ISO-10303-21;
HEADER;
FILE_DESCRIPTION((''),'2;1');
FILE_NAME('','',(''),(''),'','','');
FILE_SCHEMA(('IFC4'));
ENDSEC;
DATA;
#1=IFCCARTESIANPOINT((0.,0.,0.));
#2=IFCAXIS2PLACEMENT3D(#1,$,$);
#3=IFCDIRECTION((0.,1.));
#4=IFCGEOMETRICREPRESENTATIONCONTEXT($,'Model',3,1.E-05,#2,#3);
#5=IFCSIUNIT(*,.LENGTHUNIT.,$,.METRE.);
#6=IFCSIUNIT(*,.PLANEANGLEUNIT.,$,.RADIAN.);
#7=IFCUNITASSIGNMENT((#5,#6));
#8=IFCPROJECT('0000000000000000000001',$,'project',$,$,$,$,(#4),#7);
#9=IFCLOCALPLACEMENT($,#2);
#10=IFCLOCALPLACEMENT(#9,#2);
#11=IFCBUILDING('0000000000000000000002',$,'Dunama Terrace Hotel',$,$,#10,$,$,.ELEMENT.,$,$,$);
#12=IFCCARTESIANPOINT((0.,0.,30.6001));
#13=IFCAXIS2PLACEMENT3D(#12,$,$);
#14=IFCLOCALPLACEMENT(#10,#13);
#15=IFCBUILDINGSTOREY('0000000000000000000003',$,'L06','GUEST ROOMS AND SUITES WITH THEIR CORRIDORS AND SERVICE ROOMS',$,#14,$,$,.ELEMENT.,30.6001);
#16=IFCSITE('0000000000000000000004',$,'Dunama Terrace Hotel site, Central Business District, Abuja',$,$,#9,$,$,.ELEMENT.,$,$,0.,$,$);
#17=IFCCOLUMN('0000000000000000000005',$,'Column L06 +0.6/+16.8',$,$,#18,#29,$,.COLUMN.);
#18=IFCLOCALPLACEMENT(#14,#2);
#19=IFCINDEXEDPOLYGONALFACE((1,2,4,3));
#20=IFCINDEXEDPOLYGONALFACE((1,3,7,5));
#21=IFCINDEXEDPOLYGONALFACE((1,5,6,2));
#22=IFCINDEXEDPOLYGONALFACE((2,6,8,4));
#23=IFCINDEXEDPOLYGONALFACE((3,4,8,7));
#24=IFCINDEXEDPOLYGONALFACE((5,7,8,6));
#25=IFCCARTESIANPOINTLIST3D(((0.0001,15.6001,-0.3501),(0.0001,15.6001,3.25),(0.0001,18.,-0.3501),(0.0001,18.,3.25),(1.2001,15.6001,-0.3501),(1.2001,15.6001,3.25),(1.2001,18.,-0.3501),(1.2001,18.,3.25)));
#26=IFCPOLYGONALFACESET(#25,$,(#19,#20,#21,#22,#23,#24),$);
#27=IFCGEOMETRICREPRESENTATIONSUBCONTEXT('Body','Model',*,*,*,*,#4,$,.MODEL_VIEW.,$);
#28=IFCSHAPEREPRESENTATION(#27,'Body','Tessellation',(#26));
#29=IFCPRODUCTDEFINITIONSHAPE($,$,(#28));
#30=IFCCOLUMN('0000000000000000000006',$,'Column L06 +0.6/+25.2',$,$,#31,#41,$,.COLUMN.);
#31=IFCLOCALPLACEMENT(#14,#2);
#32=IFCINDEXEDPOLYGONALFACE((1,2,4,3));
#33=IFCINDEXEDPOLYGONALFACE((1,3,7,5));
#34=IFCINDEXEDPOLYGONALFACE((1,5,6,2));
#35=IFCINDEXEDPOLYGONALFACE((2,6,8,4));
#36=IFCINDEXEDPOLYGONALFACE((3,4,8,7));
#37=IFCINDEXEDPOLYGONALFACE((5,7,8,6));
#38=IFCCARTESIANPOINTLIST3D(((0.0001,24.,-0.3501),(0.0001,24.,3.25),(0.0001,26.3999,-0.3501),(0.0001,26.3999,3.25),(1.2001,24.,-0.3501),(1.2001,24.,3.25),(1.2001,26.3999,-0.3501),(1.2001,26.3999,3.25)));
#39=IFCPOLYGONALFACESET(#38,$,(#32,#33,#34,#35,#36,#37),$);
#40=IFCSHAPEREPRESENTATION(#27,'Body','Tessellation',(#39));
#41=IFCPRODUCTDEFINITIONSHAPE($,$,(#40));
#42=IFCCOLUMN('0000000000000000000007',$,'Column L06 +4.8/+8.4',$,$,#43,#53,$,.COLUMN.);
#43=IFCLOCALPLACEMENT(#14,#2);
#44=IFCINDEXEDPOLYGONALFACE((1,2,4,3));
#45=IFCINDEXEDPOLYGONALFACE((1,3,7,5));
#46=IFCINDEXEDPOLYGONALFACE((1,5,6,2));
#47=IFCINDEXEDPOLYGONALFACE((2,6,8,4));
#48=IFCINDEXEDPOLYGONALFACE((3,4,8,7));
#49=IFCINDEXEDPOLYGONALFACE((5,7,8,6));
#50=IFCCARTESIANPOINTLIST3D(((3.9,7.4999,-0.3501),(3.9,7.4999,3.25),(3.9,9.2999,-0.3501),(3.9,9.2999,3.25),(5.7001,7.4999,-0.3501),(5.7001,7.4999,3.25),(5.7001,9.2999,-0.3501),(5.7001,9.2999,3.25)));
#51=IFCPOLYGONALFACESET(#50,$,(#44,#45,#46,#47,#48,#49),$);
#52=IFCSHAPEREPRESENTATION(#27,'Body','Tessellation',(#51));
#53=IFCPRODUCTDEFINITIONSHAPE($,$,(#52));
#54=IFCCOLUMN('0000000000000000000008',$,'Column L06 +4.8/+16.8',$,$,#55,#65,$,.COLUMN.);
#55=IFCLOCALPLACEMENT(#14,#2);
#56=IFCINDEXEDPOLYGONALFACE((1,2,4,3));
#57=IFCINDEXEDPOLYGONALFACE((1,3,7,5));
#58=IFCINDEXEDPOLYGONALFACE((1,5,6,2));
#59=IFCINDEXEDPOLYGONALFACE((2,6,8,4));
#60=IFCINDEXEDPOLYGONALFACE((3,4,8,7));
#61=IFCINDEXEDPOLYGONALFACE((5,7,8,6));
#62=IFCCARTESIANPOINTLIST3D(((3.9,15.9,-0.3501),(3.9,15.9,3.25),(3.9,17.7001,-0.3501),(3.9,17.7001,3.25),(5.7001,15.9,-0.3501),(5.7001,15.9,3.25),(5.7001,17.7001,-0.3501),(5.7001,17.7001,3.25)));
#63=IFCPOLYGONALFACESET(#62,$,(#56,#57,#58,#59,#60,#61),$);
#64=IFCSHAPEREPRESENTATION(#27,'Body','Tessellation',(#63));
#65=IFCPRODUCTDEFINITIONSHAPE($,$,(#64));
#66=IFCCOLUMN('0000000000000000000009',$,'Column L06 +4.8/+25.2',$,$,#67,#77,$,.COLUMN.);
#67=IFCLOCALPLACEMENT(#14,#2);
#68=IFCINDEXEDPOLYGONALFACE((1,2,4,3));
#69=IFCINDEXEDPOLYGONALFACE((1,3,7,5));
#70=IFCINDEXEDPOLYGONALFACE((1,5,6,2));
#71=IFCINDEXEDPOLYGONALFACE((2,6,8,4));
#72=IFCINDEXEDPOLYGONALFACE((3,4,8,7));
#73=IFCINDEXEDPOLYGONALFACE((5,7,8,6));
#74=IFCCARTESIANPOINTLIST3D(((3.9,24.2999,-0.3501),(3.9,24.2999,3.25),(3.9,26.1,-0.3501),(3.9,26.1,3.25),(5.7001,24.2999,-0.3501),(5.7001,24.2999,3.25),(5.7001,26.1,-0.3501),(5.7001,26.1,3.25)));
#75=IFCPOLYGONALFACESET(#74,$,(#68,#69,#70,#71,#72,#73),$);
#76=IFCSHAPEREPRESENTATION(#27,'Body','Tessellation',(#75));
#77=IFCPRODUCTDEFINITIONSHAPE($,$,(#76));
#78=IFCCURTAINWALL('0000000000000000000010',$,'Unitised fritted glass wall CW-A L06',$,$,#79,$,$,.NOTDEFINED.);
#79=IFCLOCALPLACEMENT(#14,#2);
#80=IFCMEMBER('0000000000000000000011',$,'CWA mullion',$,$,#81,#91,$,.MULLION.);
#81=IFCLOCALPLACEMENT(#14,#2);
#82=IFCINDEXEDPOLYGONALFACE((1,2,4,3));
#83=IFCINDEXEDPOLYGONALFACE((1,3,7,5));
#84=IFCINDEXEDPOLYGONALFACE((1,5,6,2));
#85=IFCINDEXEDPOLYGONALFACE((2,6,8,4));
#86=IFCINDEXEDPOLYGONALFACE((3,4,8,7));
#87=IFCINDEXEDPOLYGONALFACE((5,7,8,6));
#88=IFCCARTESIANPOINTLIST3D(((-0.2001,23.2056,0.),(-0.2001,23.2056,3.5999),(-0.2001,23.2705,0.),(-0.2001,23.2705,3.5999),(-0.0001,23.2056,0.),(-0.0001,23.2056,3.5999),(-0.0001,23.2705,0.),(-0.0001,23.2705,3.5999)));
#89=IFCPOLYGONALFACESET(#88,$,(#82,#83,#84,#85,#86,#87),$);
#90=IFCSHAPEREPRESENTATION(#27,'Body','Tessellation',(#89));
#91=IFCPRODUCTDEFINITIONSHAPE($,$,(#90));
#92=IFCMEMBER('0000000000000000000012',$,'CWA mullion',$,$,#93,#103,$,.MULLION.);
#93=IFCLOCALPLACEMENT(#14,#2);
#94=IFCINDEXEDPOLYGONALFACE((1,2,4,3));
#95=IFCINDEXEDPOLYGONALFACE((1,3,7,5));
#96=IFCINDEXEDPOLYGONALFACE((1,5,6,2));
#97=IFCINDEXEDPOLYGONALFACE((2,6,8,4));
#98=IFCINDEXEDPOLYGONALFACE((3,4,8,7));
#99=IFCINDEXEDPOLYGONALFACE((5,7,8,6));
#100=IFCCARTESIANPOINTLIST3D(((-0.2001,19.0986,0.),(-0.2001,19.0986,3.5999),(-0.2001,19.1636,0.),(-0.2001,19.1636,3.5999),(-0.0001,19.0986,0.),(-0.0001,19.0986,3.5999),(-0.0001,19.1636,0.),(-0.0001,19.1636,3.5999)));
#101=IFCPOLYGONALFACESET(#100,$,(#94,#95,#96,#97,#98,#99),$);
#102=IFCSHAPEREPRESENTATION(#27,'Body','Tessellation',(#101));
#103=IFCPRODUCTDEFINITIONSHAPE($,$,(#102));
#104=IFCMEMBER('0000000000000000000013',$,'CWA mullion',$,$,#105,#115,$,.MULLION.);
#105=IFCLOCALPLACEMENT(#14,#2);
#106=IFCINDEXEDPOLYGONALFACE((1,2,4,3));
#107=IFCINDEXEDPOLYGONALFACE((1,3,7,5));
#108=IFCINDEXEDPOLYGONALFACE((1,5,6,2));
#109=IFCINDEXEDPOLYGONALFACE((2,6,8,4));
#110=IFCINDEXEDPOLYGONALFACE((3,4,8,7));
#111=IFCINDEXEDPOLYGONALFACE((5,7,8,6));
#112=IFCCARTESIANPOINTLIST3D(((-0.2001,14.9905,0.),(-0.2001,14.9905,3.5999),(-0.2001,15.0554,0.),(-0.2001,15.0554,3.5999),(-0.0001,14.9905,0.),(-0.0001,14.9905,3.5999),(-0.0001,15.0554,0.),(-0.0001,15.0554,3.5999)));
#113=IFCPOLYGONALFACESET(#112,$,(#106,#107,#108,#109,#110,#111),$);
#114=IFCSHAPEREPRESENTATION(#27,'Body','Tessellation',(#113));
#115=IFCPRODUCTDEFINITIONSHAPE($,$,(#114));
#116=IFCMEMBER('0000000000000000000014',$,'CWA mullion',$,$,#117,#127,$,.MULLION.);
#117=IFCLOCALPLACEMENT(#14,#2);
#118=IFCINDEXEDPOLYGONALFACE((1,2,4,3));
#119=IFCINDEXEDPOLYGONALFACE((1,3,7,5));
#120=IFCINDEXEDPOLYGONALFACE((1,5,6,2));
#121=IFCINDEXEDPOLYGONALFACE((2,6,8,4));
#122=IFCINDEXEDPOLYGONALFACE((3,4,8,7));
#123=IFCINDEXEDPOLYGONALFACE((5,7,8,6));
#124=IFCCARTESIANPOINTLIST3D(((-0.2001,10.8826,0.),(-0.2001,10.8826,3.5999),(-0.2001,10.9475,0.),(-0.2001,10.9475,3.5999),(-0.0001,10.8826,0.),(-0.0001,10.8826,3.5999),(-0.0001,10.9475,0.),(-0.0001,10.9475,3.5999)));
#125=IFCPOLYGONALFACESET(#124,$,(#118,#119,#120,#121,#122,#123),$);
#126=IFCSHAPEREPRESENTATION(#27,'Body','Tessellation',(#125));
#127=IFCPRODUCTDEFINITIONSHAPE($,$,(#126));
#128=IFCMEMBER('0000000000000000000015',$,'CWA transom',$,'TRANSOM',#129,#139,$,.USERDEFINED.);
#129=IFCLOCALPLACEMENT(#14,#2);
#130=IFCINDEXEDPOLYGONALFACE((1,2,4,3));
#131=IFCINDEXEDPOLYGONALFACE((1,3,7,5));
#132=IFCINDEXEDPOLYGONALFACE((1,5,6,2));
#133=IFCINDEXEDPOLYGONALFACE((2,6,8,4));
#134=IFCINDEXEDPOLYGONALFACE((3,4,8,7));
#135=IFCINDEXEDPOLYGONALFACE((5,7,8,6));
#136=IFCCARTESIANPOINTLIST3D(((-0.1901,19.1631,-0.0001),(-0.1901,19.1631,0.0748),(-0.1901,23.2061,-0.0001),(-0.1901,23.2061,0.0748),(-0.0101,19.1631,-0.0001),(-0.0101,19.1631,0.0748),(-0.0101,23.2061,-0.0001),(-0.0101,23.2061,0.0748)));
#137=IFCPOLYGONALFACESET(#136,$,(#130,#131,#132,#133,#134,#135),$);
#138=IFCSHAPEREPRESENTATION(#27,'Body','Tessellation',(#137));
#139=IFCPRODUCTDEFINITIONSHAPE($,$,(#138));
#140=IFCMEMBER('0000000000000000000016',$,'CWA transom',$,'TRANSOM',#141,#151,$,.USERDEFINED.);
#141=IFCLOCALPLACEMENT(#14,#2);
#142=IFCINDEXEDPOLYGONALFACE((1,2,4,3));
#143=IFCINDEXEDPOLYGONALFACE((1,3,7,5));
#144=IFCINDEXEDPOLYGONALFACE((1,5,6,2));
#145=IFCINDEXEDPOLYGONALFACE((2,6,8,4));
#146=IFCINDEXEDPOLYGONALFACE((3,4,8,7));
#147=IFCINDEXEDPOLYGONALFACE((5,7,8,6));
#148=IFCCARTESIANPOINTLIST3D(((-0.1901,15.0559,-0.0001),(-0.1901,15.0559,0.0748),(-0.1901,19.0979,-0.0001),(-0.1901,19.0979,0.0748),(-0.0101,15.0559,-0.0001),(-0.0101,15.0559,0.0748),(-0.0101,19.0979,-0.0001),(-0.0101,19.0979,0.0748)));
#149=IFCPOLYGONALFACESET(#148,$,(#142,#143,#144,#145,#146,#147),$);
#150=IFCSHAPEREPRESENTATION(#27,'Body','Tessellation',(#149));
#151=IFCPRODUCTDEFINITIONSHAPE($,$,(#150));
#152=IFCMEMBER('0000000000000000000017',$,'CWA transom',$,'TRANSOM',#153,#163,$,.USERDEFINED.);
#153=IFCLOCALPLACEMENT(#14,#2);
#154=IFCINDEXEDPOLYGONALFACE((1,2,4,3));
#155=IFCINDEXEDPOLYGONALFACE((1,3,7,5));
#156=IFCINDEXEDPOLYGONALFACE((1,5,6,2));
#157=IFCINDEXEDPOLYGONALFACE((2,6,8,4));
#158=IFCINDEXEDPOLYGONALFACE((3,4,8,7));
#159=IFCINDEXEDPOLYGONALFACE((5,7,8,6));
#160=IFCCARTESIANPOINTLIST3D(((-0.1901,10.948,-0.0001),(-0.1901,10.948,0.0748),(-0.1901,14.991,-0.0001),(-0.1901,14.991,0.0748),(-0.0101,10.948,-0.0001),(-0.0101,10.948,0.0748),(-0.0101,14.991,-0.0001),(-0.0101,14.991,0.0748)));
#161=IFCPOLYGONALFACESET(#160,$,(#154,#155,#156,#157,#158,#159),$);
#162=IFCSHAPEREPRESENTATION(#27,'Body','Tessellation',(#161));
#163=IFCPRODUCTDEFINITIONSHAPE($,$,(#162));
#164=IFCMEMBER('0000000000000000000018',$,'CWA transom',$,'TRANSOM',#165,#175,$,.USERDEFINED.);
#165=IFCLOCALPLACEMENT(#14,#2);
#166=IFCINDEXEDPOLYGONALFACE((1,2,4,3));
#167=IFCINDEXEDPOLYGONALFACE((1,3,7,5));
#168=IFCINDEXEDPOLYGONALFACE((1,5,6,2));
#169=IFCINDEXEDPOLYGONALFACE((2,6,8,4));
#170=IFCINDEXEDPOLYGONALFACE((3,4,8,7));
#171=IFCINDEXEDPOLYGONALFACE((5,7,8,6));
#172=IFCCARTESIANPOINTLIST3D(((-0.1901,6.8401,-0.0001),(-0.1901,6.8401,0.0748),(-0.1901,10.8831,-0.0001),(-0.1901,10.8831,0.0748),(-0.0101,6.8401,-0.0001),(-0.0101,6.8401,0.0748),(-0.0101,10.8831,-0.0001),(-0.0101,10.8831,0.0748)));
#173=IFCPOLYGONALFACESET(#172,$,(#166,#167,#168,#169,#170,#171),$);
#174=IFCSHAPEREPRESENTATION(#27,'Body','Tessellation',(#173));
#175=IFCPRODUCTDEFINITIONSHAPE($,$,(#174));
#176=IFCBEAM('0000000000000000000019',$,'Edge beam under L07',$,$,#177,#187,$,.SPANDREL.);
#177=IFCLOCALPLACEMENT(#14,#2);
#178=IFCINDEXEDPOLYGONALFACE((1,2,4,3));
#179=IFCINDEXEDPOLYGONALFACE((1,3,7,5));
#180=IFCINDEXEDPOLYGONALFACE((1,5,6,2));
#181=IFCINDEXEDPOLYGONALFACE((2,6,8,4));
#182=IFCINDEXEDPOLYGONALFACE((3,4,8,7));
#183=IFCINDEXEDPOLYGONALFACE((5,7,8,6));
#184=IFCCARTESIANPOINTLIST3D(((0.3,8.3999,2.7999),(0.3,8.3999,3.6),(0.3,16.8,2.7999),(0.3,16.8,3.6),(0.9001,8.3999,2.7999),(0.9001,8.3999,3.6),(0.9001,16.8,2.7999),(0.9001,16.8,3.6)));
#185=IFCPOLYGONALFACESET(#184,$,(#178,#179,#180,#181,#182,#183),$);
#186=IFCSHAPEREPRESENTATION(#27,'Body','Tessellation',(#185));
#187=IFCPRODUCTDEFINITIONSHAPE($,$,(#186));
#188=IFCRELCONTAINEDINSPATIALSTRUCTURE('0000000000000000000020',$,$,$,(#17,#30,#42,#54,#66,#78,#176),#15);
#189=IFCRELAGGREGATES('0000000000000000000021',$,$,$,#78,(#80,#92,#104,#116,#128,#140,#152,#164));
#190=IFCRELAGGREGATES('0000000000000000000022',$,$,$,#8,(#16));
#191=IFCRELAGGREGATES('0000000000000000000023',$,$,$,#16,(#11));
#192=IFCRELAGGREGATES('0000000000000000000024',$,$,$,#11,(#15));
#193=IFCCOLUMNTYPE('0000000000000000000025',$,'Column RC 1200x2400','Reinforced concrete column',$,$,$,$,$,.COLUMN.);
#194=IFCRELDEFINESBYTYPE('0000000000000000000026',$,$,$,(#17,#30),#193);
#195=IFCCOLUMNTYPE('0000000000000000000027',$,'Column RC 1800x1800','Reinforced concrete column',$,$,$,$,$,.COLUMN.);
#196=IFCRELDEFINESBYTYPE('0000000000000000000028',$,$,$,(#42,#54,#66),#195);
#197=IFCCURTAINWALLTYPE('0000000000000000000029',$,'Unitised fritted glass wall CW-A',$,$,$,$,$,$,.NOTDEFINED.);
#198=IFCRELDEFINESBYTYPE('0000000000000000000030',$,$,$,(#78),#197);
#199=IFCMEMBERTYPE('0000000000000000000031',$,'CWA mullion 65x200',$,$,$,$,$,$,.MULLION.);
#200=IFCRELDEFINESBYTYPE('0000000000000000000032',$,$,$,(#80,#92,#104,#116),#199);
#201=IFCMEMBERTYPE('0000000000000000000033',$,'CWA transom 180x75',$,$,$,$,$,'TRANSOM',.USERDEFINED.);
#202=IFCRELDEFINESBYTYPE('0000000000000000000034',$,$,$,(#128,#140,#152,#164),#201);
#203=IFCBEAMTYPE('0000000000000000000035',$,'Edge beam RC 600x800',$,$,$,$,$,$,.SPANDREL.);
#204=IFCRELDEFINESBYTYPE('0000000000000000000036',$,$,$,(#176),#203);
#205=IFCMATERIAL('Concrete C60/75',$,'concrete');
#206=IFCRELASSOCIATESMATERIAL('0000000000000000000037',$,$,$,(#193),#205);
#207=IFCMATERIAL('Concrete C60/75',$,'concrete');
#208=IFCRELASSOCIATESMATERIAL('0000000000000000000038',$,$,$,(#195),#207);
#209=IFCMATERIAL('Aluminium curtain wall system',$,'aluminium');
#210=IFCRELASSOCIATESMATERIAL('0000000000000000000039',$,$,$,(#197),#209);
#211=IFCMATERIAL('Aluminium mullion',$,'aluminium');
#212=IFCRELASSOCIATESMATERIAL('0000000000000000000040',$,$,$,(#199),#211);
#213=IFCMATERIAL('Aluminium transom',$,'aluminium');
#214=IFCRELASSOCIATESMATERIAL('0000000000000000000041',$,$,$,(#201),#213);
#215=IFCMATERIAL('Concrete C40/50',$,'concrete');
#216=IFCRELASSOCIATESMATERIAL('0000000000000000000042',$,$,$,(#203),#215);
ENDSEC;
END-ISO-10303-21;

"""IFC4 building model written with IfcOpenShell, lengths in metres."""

from ifc_helpers import new_model, si_unit, direction, frame, origin, origin_2d, place, context, subcontext, project, spatial, rectangle, extrude, material, material_profile, profile_set, type_object, element, aggregate, save


model = new_model("IFC4")

# Units and contexts
model_context = context("Model", 3, precision=1e-05, world=origin(), true_north=direction((0.0, 1.0)))
body_context = subcontext(model_context, "Body", "Model", "MODEL_VIEW")
ifc_project = project(units=[si_unit("LENGTHUNIT", "METRE"), si_unit("PLANEANGLEUNIT", "RADIAN")], contexts=[model_context])

# Site, building, storey
site_placement = place(None, origin())
site = spatial("IfcSite", under=ifc_project, at=site_placement, Name="Dunama Terrace Hotel site, Central Business District, Abuja", CompositionType="ELEMENT", RefElevation=0.0)
building_placement = place(site_placement, origin())
building = spatial("IfcBuilding", under=site, at=building_placement, Name="Dunama Terrace Hotel", CompositionType="ELEMENT")
storey_placement = place(building_placement, frame((0.0, 0.0, 30.6001)))
storey = spatial("IfcBuildingStorey", under=building, at=storey_placement, Name="L06", Description="GUEST ROOMS AND SUITES WITH THEIR CORRIDORS AND SERVICE ROOMS", CompositionType="ELEMENT", Elevation=30.6001)

# Columns
ifc_material_1 = material(Name="Concrete C60/75", Category="concrete")
ifc_material_profile_1 = material_profile(ifc_material_1, rectangle(XDim=1.2, YDim=2.3999, at=origin_2d()), Name="RC 1200x2400")
ifc_profile_set_1 = profile_set([ifc_material_profile_1], Name="Concrete C60/75")
column_type_1 = type_object("IfcColumnType", Name="Column RC 1200x2400", Description="Reinforced concrete column", PredefinedType="COLUMN", material=ifc_profile_set_1)
for number, where, z_axis, x_axis, name in (
    (1, (0.6001, 16.8, -0.3501), (0.0, 0.0, 1.0), (1.0, 0.0, 0.0), "Column L06 +0.6/+16.8"),
    (2, (0.6001, 25.2, -0.3501), (0.0, 0.0, 1.0), (1.0, 0.0, 0.0), "Column L06 +0.6/+25.2"),
):
    element("IfcColumn", number, at=place(storey_placement, frame(where, z_axis=z_axis, x_axis=x_axis)), inside=storey, type_object=column_type_1, Name=name, PredefinedType="COLUMN", context=body_context, shape_type="SweptSolid", body=[
        extrude(rectangle(XDim=1.2, YDim=2.3999, at=origin_2d()), origin(), (0.0, 0.0, 1.0), 3.6001),
    ])
ifc_material_2 = material(Name="Concrete C60/75", Category="concrete")
ifc_material_profile_2 = material_profile(ifc_material_2, rectangle(XDim=1.8, YDim=1.8, at=origin_2d()), Name="RC 1800x1800")
ifc_profile_set_2 = profile_set([ifc_material_profile_2], Name="Concrete C60/75")
column_type_2 = type_object("IfcColumnType", Name="Column RC 1800x1800", Description="Reinforced concrete column", PredefinedType="COLUMN", material=ifc_profile_set_2)
for number, where, z_axis, x_axis, name in (
    (3, (4.8, 8.3999, -0.3501), (0.0, 0.0, 1.0), (1.0, 0.0, 0.0), "Column L06 +4.8/+8.4"),
    (4, (4.8, 16.8, -0.3501), (0.0, 0.0, 1.0), (1.0, 0.0, 0.0), "Column L06 +4.8/+16.8"),
    (5, (4.8, 25.2, -0.3501), (0.0, 0.0, 1.0), (1.0, 0.0, 0.0), "Column L06 +4.8/+25.2"),
):
    element("IfcColumn", number, at=place(storey_placement, frame(where, z_axis=z_axis, x_axis=x_axis)), inside=storey, type_object=column_type_2, Name=name, PredefinedType="COLUMN", context=body_context, shape_type="SweptSolid", body=[
        extrude(rectangle(XDim=1.8, YDim=1.8, at=origin_2d()), origin(), (0.0, 0.0, 1.0), 3.6001),
    ])

# Curtain wall, members
ifc_material_3 = material(Name="Aluminium curtain wall system", Category="aluminium")
curtain_wall_type = type_object("IfcCurtainWallType", Name="Unitised fritted glass wall CW-A", PredefinedType="NOTDEFINED", material=ifc_material_3)
curtain_wall_placement = place(storey_placement, origin())
curtain_wall = element("IfcCurtainWall", 6, at=curtain_wall_placement, inside=storey, type_object=curtain_wall_type, Name="Unitised fritted glass wall CW-A L06", PredefinedType="NOTDEFINED")
ifc_material_4 = material(Name="Aluminium mullion", Category="aluminium")
ifc_material_profile_3 = material_profile(ifc_material_4, rectangle(XDim=0.0649, YDim=0.2, at=origin_2d()), Name="CWA MULLION 65X200")
ifc_profile_set_3 = profile_set([ifc_material_profile_3], Name="Aluminium mullion")
member_type_1 = type_object("IfcMemberType", Name="CWA mullion 65x200", PredefinedType="MULLION", material=ifc_profile_set_3)
member_1_placement = place(storey_placement, frame((-0.1001, 23.238, 0.0), z_axis=(0.0, 0.0, 1.0), x_axis=(0.0, -1.0, 0.0)))
member_1 = element("IfcMember", 7, at=member_1_placement, type_object=member_type_1, Name="CWA mullion", PredefinedType="MULLION", context=body_context, shape_type="SweptSolid", body=[
    extrude(rectangle(XDim=0.0649, YDim=0.2, at=origin_2d()), origin(), (0.0, 0.0, 1.0), 3.5999),
])
member_2_placement = place(storey_placement, frame((-0.1001, 19.1311, 0.0), z_axis=(0.0, 0.0, 1.0), x_axis=(0.0, -1.0, 0.0)))
member_2 = element("IfcMember", 8, at=member_2_placement, type_object=member_type_1, Name="CWA mullion", PredefinedType="MULLION", context=body_context, shape_type="SweptSolid", body=[
    extrude(rectangle(XDim=0.0649, YDim=0.2, at=origin_2d()), origin(), (0.0, 0.0, 1.0), 3.5999),
])
member_3_placement = place(storey_placement, frame((-0.1001, 15.0229, 0.0), z_axis=(0.0, 0.0, 1.0), x_axis=(0.0, -1.0, 0.0)))
member_3 = element("IfcMember", 9, at=member_3_placement, type_object=member_type_1, Name="CWA mullion", PredefinedType="MULLION", context=body_context, shape_type="SweptSolid", body=[
    extrude(rectangle(XDim=0.0649, YDim=0.2, at=origin_2d()), origin(), (0.0, 0.0, 1.0), 3.5999),
])
member_4_placement = place(storey_placement, frame((-0.1001, 10.915, 0.0), z_axis=(0.0, 0.0, 1.0), x_axis=(0.0, -1.0, 0.0)))
member_4 = element("IfcMember", 10, at=member_4_placement, type_object=member_type_1, Name="CWA mullion", PredefinedType="MULLION", context=body_context, shape_type="SweptSolid", body=[
    extrude(rectangle(XDim=0.0649, YDim=0.2, at=origin_2d()), origin(), (0.0, 0.0, 1.0), 3.5999),
])
ifc_material_5 = material(Name="Aluminium transom", Category="aluminium")
ifc_material_profile_4 = material_profile(ifc_material_5, rectangle(XDim=0.1799, YDim=0.075, at=origin_2d()), Name="CWA TRANSOM 180X75")
ifc_profile_set_4 = profile_set([ifc_material_profile_4], Name="Aluminium transom")
member_type_2 = type_object("IfcMemberType", Name="CWA transom 180x75", ElementType="TRANSOM", PredefinedType="USERDEFINED", material=ifc_profile_set_4)
member_5_placement = place(storey_placement, frame((-0.1001, 23.2061, 0.0374), z_axis=(0.0, -1.0, 0.0), x_axis=(1.0, 0.0, 0.0)))
member_5 = element("IfcMember", 11, at=member_5_placement, type_object=member_type_2, Name="CWA transom", ObjectType="TRANSOM", PredefinedType="USERDEFINED", context=body_context, shape_type="SweptSolid", body=[
    extrude(rectangle(XDim=0.1799, YDim=0.075, at=origin_2d()), origin(), (0.0, 0.0, 1.0), 4.043),
])
member_6_placement = place(storey_placement, frame((-0.1001, 19.0979, 0.0374), z_axis=(0.0, -1.0, 0.0), x_axis=(1.0, 0.0, 0.0)))
member_6 = element("IfcMember", 12, at=member_6_placement, type_object=member_type_2, Name="CWA transom", ObjectType="TRANSOM", PredefinedType="USERDEFINED", context=body_context, shape_type="SweptSolid", body=[
    extrude(rectangle(XDim=0.1799, YDim=0.075, at=origin_2d()), origin(), (0.0, 0.0, 1.0), 4.042),
])
member_7_placement = place(storey_placement, frame((-0.1001, 14.991, 0.0374), z_axis=(0.0, -1.0, 0.0), x_axis=(1.0, 0.0, 0.0)))
member_7 = element("IfcMember", 13, at=member_7_placement, type_object=member_type_2, Name="CWA transom", ObjectType="TRANSOM", PredefinedType="USERDEFINED", context=body_context, shape_type="SweptSolid", body=[
    extrude(rectangle(XDim=0.1799, YDim=0.075, at=origin_2d()), origin(), (0.0, 0.0, 1.0), 4.043),
])
member_8_placement = place(storey_placement, frame((-0.1001, 10.8831, 0.0374), z_axis=(0.0, -1.0, 0.0), x_axis=(1.0, 0.0, 0.0)))
member_8 = element("IfcMember", 14, at=member_8_placement, type_object=member_type_2, Name="CWA transom", ObjectType="TRANSOM", PredefinedType="USERDEFINED", context=body_context, shape_type="SweptSolid", body=[
    extrude(rectangle(XDim=0.1799, YDim=0.075, at=origin_2d()), origin(), (0.0, 0.0, 1.0), 4.043),
])

# Beam
ifc_material_6 = material(Name="Concrete C40/50", Category="concrete")
ifc_material_profile_5 = material_profile(ifc_material_6, rectangle(XDim=0.6001, YDim=0.8, at=origin_2d()), Name="RC 600x800")
ifc_profile_set_5 = profile_set([ifc_material_profile_5], Name="Concrete C40/50")
beam_type = type_object("IfcBeamType", Name="Edge beam RC 600x800", PredefinedType="SPANDREL", material=ifc_profile_set_5)
beam_1_placement = place(storey_placement, frame((0.6001, 8.3999, 3.2), z_axis=(0.0, 1.0, 0.0), x_axis=(-1.0, 0.0, 0.0)))
element("IfcBeam", 15, at=beam_1_placement, inside=storey, type_object=beam_type, Name="Edge beam under L07", PredefinedType="SPANDREL", context=body_context, shape_type="SweptSolid", body=[
    extrude(rectangle(XDim=0.6001, YDim=0.8, at=origin_2d()), origin(), (0.0, 0.0, 1.0), 8.4001),
])

aggregate(curtain_wall, [member_1, member_2, member_3, member_4, member_5, member_6, member_7, member_8])

save(model, "model.ifc")
